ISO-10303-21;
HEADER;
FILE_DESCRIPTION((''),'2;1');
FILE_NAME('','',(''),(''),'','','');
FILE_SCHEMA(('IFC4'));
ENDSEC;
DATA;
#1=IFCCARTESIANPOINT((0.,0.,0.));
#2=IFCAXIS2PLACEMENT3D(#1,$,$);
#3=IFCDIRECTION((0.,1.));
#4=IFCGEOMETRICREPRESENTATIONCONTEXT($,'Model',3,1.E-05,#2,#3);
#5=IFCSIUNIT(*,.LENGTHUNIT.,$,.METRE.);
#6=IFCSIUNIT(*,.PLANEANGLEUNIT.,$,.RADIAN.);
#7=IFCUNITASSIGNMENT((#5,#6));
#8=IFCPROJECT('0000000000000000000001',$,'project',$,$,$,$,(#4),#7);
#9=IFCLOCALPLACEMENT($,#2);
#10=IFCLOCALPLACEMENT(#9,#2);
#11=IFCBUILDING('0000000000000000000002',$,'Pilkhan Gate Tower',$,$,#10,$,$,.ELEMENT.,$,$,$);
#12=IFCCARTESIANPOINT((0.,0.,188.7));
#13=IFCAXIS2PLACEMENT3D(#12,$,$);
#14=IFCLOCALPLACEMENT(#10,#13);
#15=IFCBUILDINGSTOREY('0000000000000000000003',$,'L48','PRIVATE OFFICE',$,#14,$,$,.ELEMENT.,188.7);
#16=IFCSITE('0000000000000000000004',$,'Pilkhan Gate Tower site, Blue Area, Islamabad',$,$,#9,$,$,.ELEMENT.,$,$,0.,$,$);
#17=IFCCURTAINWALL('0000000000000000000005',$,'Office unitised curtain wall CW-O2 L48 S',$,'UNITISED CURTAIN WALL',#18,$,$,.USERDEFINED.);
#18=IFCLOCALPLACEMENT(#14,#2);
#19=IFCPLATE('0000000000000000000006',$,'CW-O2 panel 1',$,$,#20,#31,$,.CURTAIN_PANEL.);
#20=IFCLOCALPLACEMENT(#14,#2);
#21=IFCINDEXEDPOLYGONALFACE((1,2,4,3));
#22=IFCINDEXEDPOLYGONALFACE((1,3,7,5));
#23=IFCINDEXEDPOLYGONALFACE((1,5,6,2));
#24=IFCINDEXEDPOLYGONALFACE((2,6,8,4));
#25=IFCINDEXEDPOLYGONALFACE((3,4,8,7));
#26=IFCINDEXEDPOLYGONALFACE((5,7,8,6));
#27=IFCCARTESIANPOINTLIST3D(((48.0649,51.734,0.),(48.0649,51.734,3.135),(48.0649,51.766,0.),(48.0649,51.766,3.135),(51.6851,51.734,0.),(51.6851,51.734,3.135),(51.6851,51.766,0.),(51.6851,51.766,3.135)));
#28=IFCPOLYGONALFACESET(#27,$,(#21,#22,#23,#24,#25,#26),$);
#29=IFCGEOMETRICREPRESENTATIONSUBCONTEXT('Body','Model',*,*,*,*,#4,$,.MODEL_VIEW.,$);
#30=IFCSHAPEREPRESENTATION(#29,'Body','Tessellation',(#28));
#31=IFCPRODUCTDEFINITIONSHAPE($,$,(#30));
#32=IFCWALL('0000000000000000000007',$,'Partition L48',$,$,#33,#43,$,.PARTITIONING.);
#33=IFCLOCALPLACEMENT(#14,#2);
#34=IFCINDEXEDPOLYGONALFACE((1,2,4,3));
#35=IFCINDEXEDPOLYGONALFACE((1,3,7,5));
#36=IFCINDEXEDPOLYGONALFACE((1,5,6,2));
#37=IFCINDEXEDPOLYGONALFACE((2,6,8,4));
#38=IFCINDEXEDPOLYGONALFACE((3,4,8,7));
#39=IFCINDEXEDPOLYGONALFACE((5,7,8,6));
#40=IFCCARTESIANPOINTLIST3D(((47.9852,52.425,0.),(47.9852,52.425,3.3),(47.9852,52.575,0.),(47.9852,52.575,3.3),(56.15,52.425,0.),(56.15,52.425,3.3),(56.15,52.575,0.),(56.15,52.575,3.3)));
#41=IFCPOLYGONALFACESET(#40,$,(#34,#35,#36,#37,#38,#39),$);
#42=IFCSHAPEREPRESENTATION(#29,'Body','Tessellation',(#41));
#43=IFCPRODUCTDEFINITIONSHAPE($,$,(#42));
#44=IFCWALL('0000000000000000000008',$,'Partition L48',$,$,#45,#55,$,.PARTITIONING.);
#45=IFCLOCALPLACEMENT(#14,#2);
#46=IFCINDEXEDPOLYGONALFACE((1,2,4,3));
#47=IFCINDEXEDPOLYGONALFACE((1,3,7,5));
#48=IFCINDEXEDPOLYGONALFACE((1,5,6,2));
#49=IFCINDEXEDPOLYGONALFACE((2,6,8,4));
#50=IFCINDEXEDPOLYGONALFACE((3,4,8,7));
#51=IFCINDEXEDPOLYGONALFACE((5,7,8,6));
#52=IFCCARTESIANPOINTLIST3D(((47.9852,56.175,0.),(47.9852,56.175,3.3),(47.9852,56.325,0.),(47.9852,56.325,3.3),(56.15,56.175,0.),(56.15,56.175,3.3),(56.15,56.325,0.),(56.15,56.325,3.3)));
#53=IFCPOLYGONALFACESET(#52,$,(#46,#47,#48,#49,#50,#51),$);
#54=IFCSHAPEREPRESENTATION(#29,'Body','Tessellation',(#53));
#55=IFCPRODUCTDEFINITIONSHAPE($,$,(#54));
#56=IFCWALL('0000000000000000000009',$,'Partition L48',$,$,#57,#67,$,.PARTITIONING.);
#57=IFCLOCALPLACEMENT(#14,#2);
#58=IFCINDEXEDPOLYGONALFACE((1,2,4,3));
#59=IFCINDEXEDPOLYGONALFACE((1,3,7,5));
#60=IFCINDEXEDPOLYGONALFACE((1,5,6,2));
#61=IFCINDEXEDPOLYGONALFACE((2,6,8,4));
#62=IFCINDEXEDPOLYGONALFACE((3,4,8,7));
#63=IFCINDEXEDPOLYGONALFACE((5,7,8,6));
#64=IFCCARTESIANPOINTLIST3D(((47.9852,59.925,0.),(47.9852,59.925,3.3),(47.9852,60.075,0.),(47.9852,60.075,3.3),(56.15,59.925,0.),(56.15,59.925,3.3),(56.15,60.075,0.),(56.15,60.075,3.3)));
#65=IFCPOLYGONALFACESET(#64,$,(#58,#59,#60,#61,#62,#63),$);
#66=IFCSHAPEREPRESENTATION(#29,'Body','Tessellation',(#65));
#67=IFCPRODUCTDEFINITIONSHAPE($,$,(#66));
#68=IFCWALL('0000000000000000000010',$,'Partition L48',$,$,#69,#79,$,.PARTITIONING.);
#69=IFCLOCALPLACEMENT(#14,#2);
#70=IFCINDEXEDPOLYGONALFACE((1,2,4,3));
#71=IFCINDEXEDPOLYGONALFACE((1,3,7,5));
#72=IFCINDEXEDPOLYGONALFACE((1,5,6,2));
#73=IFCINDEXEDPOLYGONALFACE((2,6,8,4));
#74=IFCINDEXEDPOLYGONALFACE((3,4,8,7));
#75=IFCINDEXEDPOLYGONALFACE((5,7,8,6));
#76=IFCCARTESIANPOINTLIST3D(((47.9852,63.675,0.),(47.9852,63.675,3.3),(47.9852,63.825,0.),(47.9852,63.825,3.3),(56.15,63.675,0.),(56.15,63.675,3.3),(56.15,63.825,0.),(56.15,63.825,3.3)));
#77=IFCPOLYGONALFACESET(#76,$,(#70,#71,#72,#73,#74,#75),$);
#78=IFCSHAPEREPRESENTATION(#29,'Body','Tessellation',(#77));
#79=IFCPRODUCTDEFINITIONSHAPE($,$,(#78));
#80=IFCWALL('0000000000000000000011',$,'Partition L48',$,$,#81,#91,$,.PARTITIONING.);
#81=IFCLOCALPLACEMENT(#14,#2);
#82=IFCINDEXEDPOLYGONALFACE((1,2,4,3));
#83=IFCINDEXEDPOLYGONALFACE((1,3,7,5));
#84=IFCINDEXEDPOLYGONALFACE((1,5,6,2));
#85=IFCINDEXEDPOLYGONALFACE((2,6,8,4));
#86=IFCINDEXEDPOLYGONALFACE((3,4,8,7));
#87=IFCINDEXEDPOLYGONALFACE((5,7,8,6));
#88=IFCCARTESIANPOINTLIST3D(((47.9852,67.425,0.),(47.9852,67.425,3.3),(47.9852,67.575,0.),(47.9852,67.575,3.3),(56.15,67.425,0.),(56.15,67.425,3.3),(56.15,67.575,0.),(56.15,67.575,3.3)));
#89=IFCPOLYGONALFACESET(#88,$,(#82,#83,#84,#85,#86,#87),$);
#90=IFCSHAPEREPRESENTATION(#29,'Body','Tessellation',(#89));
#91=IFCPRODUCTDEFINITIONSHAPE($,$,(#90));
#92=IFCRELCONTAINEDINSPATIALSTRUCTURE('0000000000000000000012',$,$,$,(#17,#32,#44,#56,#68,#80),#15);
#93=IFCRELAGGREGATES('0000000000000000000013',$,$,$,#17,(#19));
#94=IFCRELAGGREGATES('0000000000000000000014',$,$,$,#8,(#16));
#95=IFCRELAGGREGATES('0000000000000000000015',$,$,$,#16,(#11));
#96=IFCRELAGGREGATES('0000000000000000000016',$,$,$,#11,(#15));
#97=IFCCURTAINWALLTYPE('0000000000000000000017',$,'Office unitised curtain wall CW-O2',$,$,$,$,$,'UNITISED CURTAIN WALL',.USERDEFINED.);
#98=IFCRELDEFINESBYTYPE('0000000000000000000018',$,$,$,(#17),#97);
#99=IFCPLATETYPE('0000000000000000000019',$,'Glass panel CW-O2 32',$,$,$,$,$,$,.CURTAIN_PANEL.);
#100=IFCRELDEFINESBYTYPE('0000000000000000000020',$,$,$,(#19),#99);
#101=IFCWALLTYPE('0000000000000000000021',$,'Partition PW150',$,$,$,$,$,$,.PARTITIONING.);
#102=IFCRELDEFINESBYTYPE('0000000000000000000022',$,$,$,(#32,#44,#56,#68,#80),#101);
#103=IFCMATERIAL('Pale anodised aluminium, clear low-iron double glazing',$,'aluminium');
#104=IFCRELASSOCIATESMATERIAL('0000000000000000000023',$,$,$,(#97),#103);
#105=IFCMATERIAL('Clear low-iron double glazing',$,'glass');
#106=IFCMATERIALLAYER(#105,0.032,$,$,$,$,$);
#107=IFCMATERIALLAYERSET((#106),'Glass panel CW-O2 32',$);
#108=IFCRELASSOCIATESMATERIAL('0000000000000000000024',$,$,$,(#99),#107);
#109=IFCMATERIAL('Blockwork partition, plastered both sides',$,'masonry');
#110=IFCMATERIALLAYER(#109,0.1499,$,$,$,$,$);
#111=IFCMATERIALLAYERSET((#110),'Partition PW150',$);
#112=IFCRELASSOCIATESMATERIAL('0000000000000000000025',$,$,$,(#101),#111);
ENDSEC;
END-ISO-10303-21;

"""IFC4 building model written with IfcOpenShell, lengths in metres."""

from ifc_helpers import new_model, si_unit, direction, frame, frame_2d, origin, origin_2d, place, context, subcontext, project, spatial, rectangle, extrude, material, layer, layer_set, type_object, element, aggregate, save


model = new_model("IFC4")

# Units and contexts
model_context = context("Model", 3, precision=1e-05, world=origin(), true_north=direction((0.0, 1.0)))
body_context = subcontext(model_context, "Body", "Model", "MODEL_VIEW")
ifc_project = project(units=[si_unit("LENGTHUNIT", "METRE"), si_unit("PLANEANGLEUNIT", "RADIAN")], contexts=[model_context])

# Site, building, storey
site_placement = place(None, origin())
site = spatial("IfcSite", under=ifc_project, at=site_placement, Name="Pilkhan Gate Tower site, Blue Area, Islamabad", CompositionType="ELEMENT", RefElevation=0.0)
building_placement = place(site_placement, origin())
building = spatial("IfcBuilding", under=site, at=building_placement, Name="Pilkhan Gate Tower", CompositionType="ELEMENT")
storey_placement = place(building_placement, frame((0.0, 0.0, 188.7)))
storey = spatial("IfcBuildingStorey", under=building, at=storey_placement, Name="L48", Description="PRIVATE OFFICE", CompositionType="ELEMENT", Elevation=188.7)

# Shared definitions
ifc_material_1 = material(Name="Pale anodised aluminium, clear low-iron double glazing", Category="aluminium")
curtain_wall_type = type_object("IfcCurtainWallType", Name="Office unitised curtain wall CW-O2", ElementType="UNITISED CURTAIN WALL", PredefinedType="USERDEFINED", material=ifc_material_1)

# Curtain wall
curtain_wall_1_placement = place(storey_placement, origin())
curtain_wall_1 = element("IfcCurtainWall", 1, at=curtain_wall_1_placement, inside=storey, type_object=curtain_wall_type, Name="Office unitised curtain wall CW-O2 L48 S", ObjectType="UNITISED CURTAIN WALL", PredefinedType="USERDEFINED")

# Plate
ifc_material_2 = material(Name="Clear low-iron double glazing", Category="glass")
ifc_layer_1 = layer(ifc_material_2, 0.032)
ifc_layer_set_1 = layer_set([ifc_layer_1], Name="Glass panel CW-O2 32")
plate_type = type_object("IfcPlateType", Name="Glass panel CW-O2 32", PredefinedType="CURTAIN_PANEL", material=ifc_layer_set_1)
plate_1_placement = place(storey_placement, frame((49.875, 51.75, 0.0), z_axis=(0.0, 0.0, 1.0), x_axis=(1.0, 0.0, 0.0)))
plate_1 = element("IfcPlate", 2, at=plate_1_placement, type_object=plate_type, Name="CW-O2 panel 1", PredefinedType="CURTAIN_PANEL", context=body_context, shape_type="SweptSolid", body=[
    extrude(rectangle(XDim=3.6201, YDim=0.032, at=origin_2d()), origin(), (0.0, 0.0, 1.0), 3.135),
])
aggregate(curtain_wall_1, [plate_1])

# Walls
ifc_material_3 = material(Name="Blockwork partition, plastered both sides", Category="masonry")
ifc_layer_2 = layer(ifc_material_3, 0.1499)
ifc_layer_set_2 = layer_set([ifc_layer_2], Name="Partition PW150")
wall_type = type_object("IfcWallType", Name="Partition PW150", PredefinedType="PARTITIONING", material=ifc_layer_set_2)
for number, where, z_axis, x_axis, name in (
    (3, (47.9851, 52.5, 0.0), (0.0, 0.0, 1.0), (1.0, 0.0, 0.0), "Partition L48"),
    (4, (47.9851, 56.25, 0.0), (0.0, 0.0, 1.0), (1.0, 0.0, 0.0), "Partition L48"),
    (5, (47.9851, 60.0, 0.0), (0.0, 0.0, 1.0), (1.0, 0.0, 0.0), "Partition L48"),
    (6, (47.9851, 63.75, 0.0), (0.0, 0.0, 1.0), (1.0, 0.0, 0.0), "Partition L48"),
    (7, (47.9851, 67.5, 0.0), (0.0, 0.0, 1.0), (1.0, 0.0, 0.0), "Partition L48"),
):
    element("IfcWall", number, at=place(storey_placement, frame(where, z_axis=z_axis, x_axis=x_axis)), inside=storey, type_object=wall_type, Name=name, PredefinedType="PARTITIONING", context=body_context, shape_type="SweptSolid", body=[
        extrude(rectangle(XDim=8.1648, YDim=0.1499, at=frame_2d((4.0825, 0.0))), origin(), (0.0, 0.0, 1.0), 3.3),
    ])

save(model, "model.ifc")
